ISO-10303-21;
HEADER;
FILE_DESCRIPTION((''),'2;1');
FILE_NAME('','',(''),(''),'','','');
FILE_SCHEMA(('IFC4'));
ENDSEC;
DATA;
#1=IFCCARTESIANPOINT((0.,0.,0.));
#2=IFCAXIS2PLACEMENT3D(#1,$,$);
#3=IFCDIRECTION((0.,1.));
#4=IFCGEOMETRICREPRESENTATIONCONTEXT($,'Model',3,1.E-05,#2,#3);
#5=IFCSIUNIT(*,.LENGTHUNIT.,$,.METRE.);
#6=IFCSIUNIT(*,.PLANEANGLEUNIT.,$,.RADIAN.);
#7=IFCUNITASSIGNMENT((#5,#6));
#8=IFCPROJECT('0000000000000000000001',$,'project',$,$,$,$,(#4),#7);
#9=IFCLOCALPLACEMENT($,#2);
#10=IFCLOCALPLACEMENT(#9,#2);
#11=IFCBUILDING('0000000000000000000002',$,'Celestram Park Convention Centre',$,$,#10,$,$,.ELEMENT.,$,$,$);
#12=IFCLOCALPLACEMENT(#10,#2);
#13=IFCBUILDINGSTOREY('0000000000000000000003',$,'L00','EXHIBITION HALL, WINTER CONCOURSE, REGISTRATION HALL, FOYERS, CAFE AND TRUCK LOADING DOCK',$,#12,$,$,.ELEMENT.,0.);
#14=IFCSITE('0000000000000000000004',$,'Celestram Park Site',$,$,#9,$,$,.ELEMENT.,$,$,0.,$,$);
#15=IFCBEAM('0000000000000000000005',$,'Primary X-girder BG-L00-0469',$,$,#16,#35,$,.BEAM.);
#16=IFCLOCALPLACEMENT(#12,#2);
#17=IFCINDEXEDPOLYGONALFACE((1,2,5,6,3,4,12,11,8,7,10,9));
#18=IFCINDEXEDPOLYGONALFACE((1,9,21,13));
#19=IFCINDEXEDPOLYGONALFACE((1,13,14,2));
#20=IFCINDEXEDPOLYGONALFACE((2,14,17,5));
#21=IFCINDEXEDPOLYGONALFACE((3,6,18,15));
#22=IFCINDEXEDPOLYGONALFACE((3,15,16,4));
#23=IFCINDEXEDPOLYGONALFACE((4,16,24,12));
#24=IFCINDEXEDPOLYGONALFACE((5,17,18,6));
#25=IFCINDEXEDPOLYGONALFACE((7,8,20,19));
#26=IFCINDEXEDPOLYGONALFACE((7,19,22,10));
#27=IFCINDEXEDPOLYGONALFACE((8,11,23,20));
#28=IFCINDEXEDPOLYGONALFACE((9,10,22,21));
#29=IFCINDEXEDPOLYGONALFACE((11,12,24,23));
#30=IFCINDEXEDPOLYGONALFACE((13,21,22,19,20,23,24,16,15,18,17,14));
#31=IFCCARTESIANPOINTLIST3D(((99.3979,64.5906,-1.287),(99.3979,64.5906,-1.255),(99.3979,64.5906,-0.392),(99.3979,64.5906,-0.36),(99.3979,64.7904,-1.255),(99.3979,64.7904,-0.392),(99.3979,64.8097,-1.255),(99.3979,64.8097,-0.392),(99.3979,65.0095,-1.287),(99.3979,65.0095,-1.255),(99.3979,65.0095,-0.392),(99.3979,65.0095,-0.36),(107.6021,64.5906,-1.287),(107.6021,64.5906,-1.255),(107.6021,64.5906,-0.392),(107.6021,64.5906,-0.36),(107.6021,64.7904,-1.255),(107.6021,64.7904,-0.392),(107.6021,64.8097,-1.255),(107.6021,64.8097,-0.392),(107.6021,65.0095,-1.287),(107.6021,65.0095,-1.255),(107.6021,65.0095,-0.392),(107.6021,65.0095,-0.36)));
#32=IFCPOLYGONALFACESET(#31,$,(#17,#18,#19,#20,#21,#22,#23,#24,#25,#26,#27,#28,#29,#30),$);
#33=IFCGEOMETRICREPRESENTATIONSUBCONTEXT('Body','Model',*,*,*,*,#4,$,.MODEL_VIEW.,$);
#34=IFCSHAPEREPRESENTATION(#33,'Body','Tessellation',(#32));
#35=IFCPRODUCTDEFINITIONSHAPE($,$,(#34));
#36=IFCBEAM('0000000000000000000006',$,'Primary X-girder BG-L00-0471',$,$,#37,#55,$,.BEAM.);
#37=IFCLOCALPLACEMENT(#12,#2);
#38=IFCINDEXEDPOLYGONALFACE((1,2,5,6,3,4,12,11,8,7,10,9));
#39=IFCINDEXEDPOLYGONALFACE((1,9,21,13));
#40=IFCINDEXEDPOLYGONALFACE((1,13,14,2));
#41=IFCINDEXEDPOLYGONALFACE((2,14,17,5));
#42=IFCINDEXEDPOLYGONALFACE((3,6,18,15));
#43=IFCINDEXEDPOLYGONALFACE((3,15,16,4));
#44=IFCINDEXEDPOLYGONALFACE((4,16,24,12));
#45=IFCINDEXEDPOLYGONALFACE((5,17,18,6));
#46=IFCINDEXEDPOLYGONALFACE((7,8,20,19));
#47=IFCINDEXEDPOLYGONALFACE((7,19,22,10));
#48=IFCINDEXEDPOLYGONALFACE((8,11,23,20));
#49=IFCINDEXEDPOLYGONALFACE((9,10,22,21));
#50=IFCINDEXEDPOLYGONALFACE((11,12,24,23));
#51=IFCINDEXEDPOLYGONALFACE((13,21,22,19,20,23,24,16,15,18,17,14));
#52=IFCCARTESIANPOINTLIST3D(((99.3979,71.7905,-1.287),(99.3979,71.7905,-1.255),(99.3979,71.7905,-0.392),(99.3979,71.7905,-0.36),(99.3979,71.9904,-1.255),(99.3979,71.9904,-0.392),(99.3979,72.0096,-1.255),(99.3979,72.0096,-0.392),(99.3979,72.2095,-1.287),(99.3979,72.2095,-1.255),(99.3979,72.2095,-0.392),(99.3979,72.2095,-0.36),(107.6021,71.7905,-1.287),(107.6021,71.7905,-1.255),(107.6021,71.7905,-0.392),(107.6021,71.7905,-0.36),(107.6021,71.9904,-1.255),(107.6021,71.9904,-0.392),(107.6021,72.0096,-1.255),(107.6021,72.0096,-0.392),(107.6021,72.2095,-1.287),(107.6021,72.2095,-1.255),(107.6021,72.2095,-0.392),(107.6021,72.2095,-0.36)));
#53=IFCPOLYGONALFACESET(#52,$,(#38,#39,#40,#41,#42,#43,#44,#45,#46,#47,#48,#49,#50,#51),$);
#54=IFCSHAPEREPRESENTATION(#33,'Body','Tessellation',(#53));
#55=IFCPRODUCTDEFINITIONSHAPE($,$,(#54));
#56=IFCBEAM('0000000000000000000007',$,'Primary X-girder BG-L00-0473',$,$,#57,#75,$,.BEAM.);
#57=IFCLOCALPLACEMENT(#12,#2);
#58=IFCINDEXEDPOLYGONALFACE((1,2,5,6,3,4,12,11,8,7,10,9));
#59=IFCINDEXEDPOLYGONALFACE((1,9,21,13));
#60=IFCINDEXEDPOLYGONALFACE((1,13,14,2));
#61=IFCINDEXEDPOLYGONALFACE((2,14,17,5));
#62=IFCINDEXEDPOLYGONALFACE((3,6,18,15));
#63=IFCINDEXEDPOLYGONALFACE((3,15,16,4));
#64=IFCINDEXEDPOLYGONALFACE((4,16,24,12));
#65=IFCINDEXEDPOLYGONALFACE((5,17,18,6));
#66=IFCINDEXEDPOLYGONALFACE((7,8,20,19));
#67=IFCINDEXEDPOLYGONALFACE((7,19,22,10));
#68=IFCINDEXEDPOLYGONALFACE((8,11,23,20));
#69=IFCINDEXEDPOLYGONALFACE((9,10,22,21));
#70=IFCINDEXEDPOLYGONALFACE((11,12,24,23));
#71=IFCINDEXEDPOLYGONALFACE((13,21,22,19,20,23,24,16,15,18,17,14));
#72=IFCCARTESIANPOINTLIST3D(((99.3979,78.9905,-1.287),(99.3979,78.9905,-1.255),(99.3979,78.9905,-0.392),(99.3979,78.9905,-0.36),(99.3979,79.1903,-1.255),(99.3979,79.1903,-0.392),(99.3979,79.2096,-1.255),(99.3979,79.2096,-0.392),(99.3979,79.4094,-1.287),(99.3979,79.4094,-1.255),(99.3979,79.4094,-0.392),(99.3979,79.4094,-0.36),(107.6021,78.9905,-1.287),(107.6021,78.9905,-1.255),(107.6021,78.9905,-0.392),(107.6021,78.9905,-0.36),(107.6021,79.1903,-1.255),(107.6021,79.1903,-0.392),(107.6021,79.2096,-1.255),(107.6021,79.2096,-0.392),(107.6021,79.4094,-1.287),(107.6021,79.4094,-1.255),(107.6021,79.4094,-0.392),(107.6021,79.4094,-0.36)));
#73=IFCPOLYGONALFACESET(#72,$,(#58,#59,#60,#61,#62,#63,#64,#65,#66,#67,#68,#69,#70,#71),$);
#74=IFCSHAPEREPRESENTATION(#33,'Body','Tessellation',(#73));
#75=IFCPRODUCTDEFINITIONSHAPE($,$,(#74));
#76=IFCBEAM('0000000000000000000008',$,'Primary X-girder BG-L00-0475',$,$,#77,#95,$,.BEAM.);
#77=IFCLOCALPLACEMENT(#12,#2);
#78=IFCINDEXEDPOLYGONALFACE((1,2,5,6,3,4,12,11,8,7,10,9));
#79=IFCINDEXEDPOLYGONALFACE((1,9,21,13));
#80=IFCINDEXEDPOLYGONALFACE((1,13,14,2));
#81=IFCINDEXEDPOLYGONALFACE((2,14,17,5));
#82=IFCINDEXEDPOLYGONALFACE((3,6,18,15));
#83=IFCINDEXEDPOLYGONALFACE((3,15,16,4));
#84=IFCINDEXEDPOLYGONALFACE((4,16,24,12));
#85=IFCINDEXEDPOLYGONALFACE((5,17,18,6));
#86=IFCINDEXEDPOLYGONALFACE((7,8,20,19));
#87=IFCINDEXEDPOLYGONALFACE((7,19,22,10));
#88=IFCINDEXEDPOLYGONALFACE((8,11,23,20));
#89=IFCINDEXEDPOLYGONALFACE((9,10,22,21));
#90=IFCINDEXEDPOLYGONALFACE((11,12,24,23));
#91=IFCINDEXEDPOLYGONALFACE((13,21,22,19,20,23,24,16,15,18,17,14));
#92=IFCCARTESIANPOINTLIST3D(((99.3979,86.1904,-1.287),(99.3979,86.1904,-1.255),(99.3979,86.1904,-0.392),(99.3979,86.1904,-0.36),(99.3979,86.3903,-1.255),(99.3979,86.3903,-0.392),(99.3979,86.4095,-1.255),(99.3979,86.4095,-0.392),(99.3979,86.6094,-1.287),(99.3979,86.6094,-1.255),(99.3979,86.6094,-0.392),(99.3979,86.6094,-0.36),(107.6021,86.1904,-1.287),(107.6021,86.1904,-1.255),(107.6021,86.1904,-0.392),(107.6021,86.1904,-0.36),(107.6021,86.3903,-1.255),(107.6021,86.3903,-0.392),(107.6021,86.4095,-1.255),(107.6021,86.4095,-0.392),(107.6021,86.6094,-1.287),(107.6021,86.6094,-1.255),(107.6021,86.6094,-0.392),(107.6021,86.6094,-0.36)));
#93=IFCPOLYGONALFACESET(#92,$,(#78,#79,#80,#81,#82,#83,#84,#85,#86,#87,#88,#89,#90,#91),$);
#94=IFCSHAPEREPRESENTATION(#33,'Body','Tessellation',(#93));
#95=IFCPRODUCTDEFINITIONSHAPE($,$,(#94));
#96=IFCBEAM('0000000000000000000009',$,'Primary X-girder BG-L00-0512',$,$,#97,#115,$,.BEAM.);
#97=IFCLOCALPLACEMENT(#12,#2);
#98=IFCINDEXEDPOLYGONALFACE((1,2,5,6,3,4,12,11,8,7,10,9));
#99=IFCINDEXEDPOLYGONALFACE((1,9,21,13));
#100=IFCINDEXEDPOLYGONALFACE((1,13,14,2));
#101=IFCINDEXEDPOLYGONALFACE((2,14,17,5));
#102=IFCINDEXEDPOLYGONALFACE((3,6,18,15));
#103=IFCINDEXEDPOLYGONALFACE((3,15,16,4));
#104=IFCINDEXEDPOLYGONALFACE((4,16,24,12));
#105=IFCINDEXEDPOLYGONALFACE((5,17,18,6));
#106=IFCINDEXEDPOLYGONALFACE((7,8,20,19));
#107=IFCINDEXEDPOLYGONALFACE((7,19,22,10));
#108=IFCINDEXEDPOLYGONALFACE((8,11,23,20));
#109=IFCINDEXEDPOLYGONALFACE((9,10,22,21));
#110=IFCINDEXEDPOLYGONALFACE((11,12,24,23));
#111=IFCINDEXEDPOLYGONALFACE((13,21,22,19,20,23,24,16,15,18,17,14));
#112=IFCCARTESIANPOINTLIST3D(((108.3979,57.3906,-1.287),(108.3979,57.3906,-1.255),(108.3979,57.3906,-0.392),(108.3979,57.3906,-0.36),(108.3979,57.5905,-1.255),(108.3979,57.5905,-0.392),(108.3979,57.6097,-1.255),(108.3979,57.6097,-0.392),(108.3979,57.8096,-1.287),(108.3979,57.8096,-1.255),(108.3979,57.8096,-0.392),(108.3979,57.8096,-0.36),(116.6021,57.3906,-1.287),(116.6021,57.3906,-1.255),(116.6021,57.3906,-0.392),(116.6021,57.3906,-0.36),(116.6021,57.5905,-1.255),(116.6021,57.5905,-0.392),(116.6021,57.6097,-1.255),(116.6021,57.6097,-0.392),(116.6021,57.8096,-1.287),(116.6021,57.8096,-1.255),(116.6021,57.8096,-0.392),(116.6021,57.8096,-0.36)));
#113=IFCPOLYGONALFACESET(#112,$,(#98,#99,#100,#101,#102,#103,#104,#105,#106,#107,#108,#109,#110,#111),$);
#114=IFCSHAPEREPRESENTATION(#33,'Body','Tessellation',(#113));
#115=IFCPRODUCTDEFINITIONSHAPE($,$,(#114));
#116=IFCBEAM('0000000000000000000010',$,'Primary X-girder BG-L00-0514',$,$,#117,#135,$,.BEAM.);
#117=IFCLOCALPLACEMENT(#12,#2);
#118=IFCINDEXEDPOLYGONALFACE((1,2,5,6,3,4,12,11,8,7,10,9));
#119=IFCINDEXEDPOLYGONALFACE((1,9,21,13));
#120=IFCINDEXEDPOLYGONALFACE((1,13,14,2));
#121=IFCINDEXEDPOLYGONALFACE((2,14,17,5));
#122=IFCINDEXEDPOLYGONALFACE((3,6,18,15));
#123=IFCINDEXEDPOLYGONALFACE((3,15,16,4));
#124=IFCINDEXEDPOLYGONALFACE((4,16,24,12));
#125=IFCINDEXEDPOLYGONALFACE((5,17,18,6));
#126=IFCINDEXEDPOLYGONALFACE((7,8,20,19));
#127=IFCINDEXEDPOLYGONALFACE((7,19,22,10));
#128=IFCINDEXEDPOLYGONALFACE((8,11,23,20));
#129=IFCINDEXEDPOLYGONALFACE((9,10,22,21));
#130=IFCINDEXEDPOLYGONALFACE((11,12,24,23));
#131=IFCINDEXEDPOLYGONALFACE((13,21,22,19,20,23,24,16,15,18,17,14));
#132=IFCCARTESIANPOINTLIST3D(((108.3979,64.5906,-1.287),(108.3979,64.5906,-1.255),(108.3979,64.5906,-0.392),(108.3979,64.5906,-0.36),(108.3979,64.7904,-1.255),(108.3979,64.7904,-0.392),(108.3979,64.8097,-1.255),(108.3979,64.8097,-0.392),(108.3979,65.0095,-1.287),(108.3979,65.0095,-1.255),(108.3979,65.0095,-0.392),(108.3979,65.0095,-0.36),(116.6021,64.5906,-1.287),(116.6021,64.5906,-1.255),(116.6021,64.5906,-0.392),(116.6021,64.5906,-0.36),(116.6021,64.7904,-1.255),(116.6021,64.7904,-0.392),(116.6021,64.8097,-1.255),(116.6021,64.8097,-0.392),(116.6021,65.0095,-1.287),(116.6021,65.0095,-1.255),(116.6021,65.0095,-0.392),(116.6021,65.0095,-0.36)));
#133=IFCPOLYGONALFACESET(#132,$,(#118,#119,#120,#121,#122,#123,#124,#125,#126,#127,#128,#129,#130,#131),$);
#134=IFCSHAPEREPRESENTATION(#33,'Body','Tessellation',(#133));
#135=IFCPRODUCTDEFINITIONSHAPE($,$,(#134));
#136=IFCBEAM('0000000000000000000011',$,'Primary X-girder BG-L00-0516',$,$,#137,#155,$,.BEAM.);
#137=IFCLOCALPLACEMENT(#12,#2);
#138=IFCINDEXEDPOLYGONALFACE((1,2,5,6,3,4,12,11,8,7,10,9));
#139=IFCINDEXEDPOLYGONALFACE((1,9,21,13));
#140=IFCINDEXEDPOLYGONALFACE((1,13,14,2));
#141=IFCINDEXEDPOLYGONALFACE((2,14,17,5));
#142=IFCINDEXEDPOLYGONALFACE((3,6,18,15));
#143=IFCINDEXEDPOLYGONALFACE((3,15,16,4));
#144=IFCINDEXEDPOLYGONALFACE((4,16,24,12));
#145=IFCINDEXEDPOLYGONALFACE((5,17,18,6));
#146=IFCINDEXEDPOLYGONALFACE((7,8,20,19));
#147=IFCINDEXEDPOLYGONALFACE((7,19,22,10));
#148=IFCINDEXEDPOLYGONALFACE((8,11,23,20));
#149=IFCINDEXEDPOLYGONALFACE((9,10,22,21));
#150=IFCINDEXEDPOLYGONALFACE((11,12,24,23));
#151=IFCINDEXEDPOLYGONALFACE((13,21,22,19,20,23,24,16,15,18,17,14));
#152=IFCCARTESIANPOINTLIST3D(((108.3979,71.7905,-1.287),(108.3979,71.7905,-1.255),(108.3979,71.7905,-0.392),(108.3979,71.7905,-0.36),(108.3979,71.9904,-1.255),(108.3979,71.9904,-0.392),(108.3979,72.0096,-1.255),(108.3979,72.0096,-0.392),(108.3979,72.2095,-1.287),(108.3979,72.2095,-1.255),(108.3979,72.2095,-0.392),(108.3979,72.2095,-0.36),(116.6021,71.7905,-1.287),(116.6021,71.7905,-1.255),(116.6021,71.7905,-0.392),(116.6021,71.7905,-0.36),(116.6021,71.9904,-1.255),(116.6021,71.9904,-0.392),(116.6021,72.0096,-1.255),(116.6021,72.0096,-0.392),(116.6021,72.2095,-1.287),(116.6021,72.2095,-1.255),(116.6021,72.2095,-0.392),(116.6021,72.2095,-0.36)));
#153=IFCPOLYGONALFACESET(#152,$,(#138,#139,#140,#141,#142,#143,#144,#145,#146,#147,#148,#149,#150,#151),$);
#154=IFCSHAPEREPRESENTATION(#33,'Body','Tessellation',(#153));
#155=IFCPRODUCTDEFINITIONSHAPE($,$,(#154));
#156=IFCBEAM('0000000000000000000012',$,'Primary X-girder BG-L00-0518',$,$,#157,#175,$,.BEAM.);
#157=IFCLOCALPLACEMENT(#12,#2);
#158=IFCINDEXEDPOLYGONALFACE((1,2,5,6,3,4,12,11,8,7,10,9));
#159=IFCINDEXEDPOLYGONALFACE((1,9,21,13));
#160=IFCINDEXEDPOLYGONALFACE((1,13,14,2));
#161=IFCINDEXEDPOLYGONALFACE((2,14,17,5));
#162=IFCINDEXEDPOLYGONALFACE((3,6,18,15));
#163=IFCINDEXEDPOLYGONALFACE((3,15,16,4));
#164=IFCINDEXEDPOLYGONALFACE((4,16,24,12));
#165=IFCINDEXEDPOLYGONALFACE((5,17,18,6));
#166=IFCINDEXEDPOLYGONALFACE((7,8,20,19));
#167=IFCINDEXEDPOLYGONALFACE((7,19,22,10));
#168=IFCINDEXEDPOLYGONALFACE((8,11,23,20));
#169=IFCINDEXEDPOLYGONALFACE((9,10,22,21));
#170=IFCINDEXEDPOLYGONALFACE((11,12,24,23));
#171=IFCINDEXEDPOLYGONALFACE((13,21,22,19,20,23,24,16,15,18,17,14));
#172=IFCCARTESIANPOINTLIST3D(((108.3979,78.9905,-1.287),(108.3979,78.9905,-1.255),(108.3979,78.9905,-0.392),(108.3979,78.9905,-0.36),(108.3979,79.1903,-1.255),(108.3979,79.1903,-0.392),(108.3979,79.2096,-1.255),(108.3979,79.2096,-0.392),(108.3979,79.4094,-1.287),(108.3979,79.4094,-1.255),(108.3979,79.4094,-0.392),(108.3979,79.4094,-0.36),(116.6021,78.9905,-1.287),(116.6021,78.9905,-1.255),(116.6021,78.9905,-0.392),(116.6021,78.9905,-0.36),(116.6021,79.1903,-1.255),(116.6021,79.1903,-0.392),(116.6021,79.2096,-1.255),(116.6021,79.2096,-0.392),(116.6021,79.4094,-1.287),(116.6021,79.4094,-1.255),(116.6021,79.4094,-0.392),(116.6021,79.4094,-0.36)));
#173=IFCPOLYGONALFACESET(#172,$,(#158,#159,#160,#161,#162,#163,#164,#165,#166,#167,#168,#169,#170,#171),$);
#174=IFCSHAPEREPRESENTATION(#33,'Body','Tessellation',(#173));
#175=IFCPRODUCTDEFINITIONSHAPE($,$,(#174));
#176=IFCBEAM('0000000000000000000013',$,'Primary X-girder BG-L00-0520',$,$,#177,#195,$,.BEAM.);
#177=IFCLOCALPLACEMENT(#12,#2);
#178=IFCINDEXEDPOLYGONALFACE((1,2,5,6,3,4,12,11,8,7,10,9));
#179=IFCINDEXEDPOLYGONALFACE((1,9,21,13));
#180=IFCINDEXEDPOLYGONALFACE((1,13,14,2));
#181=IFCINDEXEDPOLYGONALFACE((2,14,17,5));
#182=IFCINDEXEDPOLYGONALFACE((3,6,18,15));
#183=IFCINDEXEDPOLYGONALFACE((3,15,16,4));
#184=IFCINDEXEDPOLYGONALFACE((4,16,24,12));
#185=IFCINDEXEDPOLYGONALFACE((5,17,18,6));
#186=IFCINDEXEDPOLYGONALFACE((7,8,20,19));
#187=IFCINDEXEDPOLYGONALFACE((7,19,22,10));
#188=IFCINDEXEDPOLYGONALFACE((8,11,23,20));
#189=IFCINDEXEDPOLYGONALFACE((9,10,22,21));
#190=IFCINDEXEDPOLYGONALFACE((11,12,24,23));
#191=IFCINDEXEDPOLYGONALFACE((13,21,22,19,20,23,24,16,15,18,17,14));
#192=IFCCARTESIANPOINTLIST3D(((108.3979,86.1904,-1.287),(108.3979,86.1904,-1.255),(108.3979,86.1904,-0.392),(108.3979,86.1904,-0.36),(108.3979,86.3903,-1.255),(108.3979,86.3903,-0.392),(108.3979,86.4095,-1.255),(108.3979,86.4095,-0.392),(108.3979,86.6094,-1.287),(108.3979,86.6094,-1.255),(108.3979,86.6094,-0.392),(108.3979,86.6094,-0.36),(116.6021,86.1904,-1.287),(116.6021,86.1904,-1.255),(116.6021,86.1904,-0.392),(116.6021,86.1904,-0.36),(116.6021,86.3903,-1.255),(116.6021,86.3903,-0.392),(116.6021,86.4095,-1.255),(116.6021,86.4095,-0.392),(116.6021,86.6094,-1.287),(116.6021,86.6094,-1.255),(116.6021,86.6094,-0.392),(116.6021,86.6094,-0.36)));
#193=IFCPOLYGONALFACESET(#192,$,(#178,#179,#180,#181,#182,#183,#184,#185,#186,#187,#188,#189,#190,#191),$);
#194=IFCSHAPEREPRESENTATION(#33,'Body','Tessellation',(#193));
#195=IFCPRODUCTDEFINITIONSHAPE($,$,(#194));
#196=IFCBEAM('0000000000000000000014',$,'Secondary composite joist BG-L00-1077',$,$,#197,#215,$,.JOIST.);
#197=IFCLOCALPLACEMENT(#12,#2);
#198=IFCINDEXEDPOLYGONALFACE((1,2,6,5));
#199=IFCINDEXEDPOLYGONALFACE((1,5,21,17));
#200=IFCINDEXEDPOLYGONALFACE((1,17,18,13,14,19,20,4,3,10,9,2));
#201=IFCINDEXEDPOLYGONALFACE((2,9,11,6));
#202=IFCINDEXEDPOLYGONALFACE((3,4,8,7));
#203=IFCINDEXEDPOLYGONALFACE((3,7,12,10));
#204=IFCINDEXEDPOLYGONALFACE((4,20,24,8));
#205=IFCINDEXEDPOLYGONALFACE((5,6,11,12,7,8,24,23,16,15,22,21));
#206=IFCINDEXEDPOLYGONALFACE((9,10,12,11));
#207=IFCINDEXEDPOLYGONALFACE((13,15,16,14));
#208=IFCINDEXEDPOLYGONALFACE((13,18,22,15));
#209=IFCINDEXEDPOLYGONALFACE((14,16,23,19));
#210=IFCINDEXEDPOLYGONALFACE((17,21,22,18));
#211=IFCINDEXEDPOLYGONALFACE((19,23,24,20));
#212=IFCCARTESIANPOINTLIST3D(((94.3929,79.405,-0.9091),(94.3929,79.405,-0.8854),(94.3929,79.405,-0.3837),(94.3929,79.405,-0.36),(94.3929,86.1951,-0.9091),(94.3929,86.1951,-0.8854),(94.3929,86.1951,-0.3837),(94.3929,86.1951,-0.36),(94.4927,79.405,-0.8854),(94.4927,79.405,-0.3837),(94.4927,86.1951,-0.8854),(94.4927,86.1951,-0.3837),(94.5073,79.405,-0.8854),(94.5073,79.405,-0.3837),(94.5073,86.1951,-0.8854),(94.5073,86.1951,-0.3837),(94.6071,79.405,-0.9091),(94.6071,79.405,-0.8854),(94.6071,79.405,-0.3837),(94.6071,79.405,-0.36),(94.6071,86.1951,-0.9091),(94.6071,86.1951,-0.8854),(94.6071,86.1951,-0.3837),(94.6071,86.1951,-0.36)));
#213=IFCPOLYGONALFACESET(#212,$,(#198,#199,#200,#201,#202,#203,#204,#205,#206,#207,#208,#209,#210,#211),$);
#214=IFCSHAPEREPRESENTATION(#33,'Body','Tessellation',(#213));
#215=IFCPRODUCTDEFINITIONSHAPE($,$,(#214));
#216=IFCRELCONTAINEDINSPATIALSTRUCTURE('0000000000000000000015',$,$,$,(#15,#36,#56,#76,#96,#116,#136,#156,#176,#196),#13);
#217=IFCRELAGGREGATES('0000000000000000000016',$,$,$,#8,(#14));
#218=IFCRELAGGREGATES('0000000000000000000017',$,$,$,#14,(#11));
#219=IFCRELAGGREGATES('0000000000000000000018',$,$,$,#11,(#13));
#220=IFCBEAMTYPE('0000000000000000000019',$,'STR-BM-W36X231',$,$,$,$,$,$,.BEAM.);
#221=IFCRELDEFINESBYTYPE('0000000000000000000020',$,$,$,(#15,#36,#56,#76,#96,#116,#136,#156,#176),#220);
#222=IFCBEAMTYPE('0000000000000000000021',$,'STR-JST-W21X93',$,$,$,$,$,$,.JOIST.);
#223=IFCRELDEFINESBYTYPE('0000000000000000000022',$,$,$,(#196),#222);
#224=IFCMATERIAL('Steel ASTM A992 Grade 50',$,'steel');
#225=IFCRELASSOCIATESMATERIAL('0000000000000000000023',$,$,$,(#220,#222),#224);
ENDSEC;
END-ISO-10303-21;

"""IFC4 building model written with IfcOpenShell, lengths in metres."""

from ifc_helpers import new_model, si_unit, direction, frame, origin, origin_2d, place, context, subcontext, project, spatial, i_section, extrude, material, material_profile, profile_set, type_object, element, save


model = new_model("IFC4")

# Units and contexts
model_context = context("Model", 3, precision=1e-05, world=origin(), true_north=direction((0.0, 1.0)))
body_context = subcontext(model_context, "Body", "Model", "MODEL_VIEW")
ifc_project = project(units=[si_unit("LENGTHUNIT", "METRE"), si_unit("PLANEANGLEUNIT", "RADIAN")], contexts=[model_context])

# Site, building, storey
site_placement = place(None, origin())
site = spatial("IfcSite", under=ifc_project, at=site_placement, Name="Celestram Park Site", CompositionType="ELEMENT", RefElevation=0.0)
building_placement = place(site_placement, origin())
building = spatial("IfcBuilding", under=site, at=building_placement, Name="Celestram Park Convention Centre", CompositionType="ELEMENT")
storey_placement = place(building_placement, origin())
storey = spatial("IfcBuildingStorey", under=building, at=storey_placement, Name="L00", Description="EXHIBITION HALL, WINTER CONCOURSE, REGISTRATION HALL, FOYERS, CAFE AND TRUCK LOADING DOCK", CompositionType="ELEMENT", Elevation=0.0)

# Beams
ifc_material = material(Name="Steel ASTM A992 Grade 50", Category="steel")
ifc_material_profile_1 = material_profile(ifc_material, i_section(OverallWidth=0.4189, OverallDepth=0.927, WebThickness=0.0193, FlangeThickness=0.032, at=origin_2d()), Name="W36X231")
ifc_profile_set_1 = profile_set([ifc_material_profile_1], Name="Steel ASTM A992 Grade 50")
beam_type_1 = type_object("IfcBeamType", Name="STR-BM-W36X231", PredefinedType="BEAM", material=ifc_profile_set_1)
for number, where, z_axis, x_axis, name in (
    (1, (99.3979, 64.8, -0.8235), (1.0, 0.0, 0.0), (0.0, 1.0, 0.0), "Primary X-girder BG-L00-0469"),
    (2, (99.3979, 72.0, -0.8235), (1.0, 0.0, 0.0), (0.0, 1.0, 0.0), "Primary X-girder BG-L00-0471"),
    (3, (99.3979, 79.2, -0.8235), (1.0, 0.0, 0.0), (0.0, 1.0, 0.0), "Primary X-girder BG-L00-0473"),
    (4, (99.3979, 86.3999, -0.8235), (1.0, 0.0, 0.0), (0.0, 1.0, 0.0), "Primary X-girder BG-L00-0475"),
    (5, (108.3979, 57.6001, -0.8235), (1.0, 0.0, 0.0), (0.0, 1.0, 0.0), "Primary X-girder BG-L00-0512"),
    (6, (108.3979, 64.8, -0.8235), (1.0, 0.0, 0.0), (0.0, 1.0, 0.0), "Primary X-girder BG-L00-0514"),
    (7, (108.3979, 72.0, -0.8235), (1.0, 0.0, 0.0), (0.0, 1.0, 0.0), "Primary X-girder BG-L00-0516"),
    (8, (108.3979, 79.2, -0.8235), (1.0, 0.0, 0.0), (0.0, 1.0, 0.0), "Primary X-girder BG-L00-0518"),
    (9, (108.3979, 86.3999, -0.8235), (1.0, 0.0, 0.0), (0.0, 1.0, 0.0), "Primary X-girder BG-L00-0520"),
):
    element("IfcBeam", number, at=place(storey_placement, frame(where, z_axis=z_axis, x_axis=x_axis)), inside=storey, type_object=beam_type_1, Name=name, PredefinedType="BEAM", context=body_context, shape_type="SweptSolid", body=[
        extrude(i_section(OverallWidth=0.4189, OverallDepth=0.927, WebThickness=0.0193, FlangeThickness=0.032, at=origin_2d()), origin(), (0.0, 0.0, 1.0), 8.2041),
    ])
ifc_material_profile_2 = material_profile(ifc_material, i_section(OverallWidth=0.2141, OverallDepth=0.5491, WebThickness=0.0146, FlangeThickness=0.0237, at=origin_2d()), Name="W21X93")
ifc_profile_set_2 = profile_set([ifc_material_profile_2], Name="Steel ASTM A992 Grade 50")
beam_type_2 = type_object("IfcBeamType", Name="STR-JST-W21X93", PredefinedType="JOIST", material=ifc_profile_set_2)
for number, where, z_axis, x_axis, name in (
    (10, (94.5, 79.405, -0.6345), (0.0, 1.0, 0.0), (-1.0, 0.0, 0.0), "Secondary composite joist BG-L00-1077"),
):
    element("IfcBeam", number, at=place(storey_placement, frame(where, z_axis=z_axis, x_axis=x_axis)), inside=storey, type_object=beam_type_2, Name=name, PredefinedType="JOIST", context=body_context, shape_type="SweptSolid", body=[
        extrude(i_section(OverallWidth=0.2141, OverallDepth=0.5491, WebThickness=0.0146, FlangeThickness=0.0237, at=origin_2d()), origin(), (0.0, 0.0, 1.0), 6.79),
    ])

save(model, "model.ifc")
